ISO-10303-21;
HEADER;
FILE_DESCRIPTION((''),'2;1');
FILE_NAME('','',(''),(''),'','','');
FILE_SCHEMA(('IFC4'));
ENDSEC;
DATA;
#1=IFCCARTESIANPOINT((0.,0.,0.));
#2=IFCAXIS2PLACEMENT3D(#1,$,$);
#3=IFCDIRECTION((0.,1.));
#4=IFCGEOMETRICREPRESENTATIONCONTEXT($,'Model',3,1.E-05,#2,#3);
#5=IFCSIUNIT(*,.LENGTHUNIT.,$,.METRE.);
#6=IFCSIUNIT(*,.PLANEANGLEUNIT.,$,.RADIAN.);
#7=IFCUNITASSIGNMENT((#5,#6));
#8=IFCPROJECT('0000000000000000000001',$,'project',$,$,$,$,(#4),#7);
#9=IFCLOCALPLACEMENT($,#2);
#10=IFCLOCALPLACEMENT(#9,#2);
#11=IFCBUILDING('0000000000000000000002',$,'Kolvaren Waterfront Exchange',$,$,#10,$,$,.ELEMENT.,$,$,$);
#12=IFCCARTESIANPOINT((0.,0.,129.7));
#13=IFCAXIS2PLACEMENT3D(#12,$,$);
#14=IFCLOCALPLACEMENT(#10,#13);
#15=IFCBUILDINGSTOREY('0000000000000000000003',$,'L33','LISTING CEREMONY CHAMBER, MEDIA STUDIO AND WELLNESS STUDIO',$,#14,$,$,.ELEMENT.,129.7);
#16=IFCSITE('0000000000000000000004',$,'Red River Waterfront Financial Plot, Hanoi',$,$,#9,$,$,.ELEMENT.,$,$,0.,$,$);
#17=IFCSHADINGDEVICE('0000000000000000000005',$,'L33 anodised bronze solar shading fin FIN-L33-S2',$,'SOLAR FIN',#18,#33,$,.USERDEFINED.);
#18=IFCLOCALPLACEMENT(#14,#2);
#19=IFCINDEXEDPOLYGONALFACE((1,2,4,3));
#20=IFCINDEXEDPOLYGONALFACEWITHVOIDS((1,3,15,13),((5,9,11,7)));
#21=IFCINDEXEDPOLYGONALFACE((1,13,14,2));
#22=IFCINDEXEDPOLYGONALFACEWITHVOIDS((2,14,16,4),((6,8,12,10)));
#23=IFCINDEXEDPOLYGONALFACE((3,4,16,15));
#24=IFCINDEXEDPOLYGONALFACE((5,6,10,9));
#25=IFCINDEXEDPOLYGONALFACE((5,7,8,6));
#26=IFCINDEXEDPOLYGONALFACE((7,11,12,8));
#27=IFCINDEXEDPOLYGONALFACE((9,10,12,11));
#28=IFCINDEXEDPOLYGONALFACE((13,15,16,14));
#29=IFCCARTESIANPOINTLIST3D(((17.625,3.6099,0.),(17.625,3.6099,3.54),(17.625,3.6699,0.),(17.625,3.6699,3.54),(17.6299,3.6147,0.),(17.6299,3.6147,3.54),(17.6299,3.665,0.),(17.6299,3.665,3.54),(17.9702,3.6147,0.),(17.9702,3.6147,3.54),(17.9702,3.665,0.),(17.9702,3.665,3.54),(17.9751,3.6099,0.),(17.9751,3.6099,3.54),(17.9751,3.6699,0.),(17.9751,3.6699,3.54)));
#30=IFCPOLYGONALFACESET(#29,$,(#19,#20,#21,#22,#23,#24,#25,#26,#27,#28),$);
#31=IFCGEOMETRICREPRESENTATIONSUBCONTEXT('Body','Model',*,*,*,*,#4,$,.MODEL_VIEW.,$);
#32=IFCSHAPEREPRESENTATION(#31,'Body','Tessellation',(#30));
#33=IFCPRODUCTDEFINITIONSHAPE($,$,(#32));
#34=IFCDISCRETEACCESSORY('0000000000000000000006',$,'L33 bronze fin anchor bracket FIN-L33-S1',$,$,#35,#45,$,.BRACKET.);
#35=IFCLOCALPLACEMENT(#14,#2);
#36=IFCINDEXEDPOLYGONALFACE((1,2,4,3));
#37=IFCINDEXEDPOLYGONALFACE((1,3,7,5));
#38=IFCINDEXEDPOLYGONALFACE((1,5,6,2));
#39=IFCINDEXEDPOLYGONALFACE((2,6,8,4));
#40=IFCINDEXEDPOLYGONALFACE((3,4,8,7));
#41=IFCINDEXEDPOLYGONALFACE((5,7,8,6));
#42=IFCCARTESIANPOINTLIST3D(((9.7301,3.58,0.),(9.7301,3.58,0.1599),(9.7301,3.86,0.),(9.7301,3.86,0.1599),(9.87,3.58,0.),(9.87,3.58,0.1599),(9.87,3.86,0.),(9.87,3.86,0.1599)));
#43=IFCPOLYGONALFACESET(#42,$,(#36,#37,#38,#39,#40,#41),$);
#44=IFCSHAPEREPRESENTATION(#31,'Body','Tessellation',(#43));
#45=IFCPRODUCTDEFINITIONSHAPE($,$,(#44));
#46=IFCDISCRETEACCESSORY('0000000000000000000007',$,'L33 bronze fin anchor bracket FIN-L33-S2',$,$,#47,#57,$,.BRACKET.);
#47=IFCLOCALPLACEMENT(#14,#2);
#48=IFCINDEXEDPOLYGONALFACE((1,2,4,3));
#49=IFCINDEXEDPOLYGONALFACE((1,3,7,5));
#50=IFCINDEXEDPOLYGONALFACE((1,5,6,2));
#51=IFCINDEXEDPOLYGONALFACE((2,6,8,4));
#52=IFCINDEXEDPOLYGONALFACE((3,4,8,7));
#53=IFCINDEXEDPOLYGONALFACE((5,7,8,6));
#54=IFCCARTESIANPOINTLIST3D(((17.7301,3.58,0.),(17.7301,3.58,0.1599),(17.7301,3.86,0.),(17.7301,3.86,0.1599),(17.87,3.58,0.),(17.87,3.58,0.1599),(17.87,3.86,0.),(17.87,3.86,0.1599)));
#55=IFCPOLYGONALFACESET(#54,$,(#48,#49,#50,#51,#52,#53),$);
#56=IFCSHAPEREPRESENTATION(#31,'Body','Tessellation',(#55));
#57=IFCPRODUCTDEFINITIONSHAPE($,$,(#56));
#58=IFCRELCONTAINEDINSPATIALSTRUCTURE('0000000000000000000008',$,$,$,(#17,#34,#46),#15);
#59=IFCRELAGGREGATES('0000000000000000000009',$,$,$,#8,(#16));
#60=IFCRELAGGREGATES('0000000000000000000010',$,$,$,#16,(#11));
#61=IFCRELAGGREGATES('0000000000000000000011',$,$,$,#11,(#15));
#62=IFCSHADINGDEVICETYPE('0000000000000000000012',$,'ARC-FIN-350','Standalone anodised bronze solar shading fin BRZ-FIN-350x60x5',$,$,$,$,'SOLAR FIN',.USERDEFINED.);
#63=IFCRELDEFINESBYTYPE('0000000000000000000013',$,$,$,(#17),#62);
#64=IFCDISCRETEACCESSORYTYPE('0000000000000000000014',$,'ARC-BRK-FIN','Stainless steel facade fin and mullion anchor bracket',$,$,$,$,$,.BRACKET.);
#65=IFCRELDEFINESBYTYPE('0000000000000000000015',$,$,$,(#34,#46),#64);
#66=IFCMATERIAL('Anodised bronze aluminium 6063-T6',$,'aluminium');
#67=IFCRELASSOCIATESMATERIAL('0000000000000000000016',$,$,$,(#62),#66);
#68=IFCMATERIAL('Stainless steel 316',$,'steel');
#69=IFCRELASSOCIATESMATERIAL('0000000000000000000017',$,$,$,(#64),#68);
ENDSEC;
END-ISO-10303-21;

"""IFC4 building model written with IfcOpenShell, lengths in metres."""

from ifc_helpers import new_model, si_unit, direction, frame, origin, origin_with_axes, origin_2d, place, context, subcontext, project, spatial, rectangle, hollow_rectangle, extrude, source, transform, mapped, material, material_profile, profile_set, type_object, element, save


model = new_model("IFC4")

# Units and contexts
model_context = context("Model", 3, precision=1e-05, world=origin(), true_north=direction((0.0, 1.0)))
body_context = subcontext(model_context, "Body", "Model", "MODEL_VIEW")
ifc_project = project(units=[si_unit("LENGTHUNIT", "METRE"), si_unit("PLANEANGLEUNIT", "RADIAN")], contexts=[model_context])

# Site, building, storey
site_placement = place(None, origin())
site = spatial("IfcSite", under=ifc_project, at=site_placement, Name="Red River Waterfront Financial Plot, Hanoi", CompositionType="ELEMENT", RefElevation=0.0)
building_placement = place(site_placement, origin())
building = spatial("IfcBuilding", under=site, at=building_placement, Name="Kolvaren Waterfront Exchange", CompositionType="ELEMENT")
storey_placement = place(building_placement, frame((0.0, 0.0, 129.7)))
storey = spatial("IfcBuildingStorey", under=building, at=storey_placement, Name="L33", Description="LISTING CEREMONY CHAMBER, MEDIA STUDIO AND WELLNESS STUDIO", CompositionType="ELEMENT", Elevation=129.7)

# Shared definitions
ifc_material_1 = material(Name="Anodised bronze aluminium 6063-T6", Category="aluminium")

# Shading device
ifc_material_profile_1 = material_profile(ifc_material_1, hollow_rectangle(XDim=0.0601, YDim=0.3501, WallThickness=0.0049, at=origin_2d()), Name="BRZ-FIN-350x60x5")
ifc_profile_set_1 = profile_set([ifc_material_profile_1], Name="Anodised bronze aluminium 6063-T6")
shading_device_type = type_object("IfcShadingDeviceType", Name="ARC-FIN-350", Description="Standalone anodised bronze solar shading fin BRZ-FIN-350x60x5", ElementType="SOLAR FIN", PredefinedType="USERDEFINED", material=ifc_profile_set_1)
for number, where, z_axis, x_axis, name in (
    (1, (17.8, 3.6399, 0.0), (0.0, 0.0, 1.0), (0.0, -1.0, 0.0), "L33 anodised bronze solar shading fin FIN-L33-S2"),
):
    element("IfcShadingDevice", number, at=place(storey_placement, frame(where, z_axis=z_axis, x_axis=x_axis)), inside=storey, type_object=shading_device_type, Name=name, ObjectType="SOLAR FIN", PredefinedType="USERDEFINED", context=body_context, shape_type="SweptSolid", body=[
        extrude(hollow_rectangle(XDim=0.0601, YDim=0.3501, WallThickness=0.0049, at=origin_2d()), origin(), (0.0, 0.0, 1.0), 3.54),
    ])

# Discrete accessories
ifc_material_2 = material(Name="Stainless steel 316", Category="steel")
discrete_accessory_type = type_object("IfcDiscreteAccessoryType", Name="ARC-BRK-FIN", Description="Stainless steel facade fin and mullion anchor bracket", PredefinedType="BRACKET", material=ifc_material_2)
shared_shape_1 = source(origin_with_axes(), body_context, "Body", "SweptSolid", [
    extrude(rectangle(XDim=0.28, YDim=0.1399, at=origin_2d()), origin(), (0.0, 0.0, 1.0), 0.1599),
])
for number, where, z_axis, x_axis, name in (
    (2, (9.8, 3.72, 0.0), (0.0, 0.0, 1.0), (0.0, -1.0, 0.0), "L33 bronze fin anchor bracket FIN-L33-S1"),
    (3, (17.8, 3.72, 0.0), (0.0, 0.0, 1.0), (0.0, -1.0, 0.0), "L33 bronze fin anchor bracket FIN-L33-S2"),
):
    element("IfcDiscreteAccessory", number, at=place(storey_placement, frame(where, z_axis=z_axis, x_axis=x_axis)), inside=storey, type_object=discrete_accessory_type, Name=name, PredefinedType="BRACKET", context=body_context, shape_type="MappedRepresentation", body=[
        mapped(shared_shape_1, transform((0.0, 0.0, 0.0), x_axis=(1.0, 0.0, 0.0), y_axis=(0.0, 1.0, 0.0), z_axis=(0.0, 0.0, 1.0), scale=1.0)),
    ])

save(model, "model.ifc")
